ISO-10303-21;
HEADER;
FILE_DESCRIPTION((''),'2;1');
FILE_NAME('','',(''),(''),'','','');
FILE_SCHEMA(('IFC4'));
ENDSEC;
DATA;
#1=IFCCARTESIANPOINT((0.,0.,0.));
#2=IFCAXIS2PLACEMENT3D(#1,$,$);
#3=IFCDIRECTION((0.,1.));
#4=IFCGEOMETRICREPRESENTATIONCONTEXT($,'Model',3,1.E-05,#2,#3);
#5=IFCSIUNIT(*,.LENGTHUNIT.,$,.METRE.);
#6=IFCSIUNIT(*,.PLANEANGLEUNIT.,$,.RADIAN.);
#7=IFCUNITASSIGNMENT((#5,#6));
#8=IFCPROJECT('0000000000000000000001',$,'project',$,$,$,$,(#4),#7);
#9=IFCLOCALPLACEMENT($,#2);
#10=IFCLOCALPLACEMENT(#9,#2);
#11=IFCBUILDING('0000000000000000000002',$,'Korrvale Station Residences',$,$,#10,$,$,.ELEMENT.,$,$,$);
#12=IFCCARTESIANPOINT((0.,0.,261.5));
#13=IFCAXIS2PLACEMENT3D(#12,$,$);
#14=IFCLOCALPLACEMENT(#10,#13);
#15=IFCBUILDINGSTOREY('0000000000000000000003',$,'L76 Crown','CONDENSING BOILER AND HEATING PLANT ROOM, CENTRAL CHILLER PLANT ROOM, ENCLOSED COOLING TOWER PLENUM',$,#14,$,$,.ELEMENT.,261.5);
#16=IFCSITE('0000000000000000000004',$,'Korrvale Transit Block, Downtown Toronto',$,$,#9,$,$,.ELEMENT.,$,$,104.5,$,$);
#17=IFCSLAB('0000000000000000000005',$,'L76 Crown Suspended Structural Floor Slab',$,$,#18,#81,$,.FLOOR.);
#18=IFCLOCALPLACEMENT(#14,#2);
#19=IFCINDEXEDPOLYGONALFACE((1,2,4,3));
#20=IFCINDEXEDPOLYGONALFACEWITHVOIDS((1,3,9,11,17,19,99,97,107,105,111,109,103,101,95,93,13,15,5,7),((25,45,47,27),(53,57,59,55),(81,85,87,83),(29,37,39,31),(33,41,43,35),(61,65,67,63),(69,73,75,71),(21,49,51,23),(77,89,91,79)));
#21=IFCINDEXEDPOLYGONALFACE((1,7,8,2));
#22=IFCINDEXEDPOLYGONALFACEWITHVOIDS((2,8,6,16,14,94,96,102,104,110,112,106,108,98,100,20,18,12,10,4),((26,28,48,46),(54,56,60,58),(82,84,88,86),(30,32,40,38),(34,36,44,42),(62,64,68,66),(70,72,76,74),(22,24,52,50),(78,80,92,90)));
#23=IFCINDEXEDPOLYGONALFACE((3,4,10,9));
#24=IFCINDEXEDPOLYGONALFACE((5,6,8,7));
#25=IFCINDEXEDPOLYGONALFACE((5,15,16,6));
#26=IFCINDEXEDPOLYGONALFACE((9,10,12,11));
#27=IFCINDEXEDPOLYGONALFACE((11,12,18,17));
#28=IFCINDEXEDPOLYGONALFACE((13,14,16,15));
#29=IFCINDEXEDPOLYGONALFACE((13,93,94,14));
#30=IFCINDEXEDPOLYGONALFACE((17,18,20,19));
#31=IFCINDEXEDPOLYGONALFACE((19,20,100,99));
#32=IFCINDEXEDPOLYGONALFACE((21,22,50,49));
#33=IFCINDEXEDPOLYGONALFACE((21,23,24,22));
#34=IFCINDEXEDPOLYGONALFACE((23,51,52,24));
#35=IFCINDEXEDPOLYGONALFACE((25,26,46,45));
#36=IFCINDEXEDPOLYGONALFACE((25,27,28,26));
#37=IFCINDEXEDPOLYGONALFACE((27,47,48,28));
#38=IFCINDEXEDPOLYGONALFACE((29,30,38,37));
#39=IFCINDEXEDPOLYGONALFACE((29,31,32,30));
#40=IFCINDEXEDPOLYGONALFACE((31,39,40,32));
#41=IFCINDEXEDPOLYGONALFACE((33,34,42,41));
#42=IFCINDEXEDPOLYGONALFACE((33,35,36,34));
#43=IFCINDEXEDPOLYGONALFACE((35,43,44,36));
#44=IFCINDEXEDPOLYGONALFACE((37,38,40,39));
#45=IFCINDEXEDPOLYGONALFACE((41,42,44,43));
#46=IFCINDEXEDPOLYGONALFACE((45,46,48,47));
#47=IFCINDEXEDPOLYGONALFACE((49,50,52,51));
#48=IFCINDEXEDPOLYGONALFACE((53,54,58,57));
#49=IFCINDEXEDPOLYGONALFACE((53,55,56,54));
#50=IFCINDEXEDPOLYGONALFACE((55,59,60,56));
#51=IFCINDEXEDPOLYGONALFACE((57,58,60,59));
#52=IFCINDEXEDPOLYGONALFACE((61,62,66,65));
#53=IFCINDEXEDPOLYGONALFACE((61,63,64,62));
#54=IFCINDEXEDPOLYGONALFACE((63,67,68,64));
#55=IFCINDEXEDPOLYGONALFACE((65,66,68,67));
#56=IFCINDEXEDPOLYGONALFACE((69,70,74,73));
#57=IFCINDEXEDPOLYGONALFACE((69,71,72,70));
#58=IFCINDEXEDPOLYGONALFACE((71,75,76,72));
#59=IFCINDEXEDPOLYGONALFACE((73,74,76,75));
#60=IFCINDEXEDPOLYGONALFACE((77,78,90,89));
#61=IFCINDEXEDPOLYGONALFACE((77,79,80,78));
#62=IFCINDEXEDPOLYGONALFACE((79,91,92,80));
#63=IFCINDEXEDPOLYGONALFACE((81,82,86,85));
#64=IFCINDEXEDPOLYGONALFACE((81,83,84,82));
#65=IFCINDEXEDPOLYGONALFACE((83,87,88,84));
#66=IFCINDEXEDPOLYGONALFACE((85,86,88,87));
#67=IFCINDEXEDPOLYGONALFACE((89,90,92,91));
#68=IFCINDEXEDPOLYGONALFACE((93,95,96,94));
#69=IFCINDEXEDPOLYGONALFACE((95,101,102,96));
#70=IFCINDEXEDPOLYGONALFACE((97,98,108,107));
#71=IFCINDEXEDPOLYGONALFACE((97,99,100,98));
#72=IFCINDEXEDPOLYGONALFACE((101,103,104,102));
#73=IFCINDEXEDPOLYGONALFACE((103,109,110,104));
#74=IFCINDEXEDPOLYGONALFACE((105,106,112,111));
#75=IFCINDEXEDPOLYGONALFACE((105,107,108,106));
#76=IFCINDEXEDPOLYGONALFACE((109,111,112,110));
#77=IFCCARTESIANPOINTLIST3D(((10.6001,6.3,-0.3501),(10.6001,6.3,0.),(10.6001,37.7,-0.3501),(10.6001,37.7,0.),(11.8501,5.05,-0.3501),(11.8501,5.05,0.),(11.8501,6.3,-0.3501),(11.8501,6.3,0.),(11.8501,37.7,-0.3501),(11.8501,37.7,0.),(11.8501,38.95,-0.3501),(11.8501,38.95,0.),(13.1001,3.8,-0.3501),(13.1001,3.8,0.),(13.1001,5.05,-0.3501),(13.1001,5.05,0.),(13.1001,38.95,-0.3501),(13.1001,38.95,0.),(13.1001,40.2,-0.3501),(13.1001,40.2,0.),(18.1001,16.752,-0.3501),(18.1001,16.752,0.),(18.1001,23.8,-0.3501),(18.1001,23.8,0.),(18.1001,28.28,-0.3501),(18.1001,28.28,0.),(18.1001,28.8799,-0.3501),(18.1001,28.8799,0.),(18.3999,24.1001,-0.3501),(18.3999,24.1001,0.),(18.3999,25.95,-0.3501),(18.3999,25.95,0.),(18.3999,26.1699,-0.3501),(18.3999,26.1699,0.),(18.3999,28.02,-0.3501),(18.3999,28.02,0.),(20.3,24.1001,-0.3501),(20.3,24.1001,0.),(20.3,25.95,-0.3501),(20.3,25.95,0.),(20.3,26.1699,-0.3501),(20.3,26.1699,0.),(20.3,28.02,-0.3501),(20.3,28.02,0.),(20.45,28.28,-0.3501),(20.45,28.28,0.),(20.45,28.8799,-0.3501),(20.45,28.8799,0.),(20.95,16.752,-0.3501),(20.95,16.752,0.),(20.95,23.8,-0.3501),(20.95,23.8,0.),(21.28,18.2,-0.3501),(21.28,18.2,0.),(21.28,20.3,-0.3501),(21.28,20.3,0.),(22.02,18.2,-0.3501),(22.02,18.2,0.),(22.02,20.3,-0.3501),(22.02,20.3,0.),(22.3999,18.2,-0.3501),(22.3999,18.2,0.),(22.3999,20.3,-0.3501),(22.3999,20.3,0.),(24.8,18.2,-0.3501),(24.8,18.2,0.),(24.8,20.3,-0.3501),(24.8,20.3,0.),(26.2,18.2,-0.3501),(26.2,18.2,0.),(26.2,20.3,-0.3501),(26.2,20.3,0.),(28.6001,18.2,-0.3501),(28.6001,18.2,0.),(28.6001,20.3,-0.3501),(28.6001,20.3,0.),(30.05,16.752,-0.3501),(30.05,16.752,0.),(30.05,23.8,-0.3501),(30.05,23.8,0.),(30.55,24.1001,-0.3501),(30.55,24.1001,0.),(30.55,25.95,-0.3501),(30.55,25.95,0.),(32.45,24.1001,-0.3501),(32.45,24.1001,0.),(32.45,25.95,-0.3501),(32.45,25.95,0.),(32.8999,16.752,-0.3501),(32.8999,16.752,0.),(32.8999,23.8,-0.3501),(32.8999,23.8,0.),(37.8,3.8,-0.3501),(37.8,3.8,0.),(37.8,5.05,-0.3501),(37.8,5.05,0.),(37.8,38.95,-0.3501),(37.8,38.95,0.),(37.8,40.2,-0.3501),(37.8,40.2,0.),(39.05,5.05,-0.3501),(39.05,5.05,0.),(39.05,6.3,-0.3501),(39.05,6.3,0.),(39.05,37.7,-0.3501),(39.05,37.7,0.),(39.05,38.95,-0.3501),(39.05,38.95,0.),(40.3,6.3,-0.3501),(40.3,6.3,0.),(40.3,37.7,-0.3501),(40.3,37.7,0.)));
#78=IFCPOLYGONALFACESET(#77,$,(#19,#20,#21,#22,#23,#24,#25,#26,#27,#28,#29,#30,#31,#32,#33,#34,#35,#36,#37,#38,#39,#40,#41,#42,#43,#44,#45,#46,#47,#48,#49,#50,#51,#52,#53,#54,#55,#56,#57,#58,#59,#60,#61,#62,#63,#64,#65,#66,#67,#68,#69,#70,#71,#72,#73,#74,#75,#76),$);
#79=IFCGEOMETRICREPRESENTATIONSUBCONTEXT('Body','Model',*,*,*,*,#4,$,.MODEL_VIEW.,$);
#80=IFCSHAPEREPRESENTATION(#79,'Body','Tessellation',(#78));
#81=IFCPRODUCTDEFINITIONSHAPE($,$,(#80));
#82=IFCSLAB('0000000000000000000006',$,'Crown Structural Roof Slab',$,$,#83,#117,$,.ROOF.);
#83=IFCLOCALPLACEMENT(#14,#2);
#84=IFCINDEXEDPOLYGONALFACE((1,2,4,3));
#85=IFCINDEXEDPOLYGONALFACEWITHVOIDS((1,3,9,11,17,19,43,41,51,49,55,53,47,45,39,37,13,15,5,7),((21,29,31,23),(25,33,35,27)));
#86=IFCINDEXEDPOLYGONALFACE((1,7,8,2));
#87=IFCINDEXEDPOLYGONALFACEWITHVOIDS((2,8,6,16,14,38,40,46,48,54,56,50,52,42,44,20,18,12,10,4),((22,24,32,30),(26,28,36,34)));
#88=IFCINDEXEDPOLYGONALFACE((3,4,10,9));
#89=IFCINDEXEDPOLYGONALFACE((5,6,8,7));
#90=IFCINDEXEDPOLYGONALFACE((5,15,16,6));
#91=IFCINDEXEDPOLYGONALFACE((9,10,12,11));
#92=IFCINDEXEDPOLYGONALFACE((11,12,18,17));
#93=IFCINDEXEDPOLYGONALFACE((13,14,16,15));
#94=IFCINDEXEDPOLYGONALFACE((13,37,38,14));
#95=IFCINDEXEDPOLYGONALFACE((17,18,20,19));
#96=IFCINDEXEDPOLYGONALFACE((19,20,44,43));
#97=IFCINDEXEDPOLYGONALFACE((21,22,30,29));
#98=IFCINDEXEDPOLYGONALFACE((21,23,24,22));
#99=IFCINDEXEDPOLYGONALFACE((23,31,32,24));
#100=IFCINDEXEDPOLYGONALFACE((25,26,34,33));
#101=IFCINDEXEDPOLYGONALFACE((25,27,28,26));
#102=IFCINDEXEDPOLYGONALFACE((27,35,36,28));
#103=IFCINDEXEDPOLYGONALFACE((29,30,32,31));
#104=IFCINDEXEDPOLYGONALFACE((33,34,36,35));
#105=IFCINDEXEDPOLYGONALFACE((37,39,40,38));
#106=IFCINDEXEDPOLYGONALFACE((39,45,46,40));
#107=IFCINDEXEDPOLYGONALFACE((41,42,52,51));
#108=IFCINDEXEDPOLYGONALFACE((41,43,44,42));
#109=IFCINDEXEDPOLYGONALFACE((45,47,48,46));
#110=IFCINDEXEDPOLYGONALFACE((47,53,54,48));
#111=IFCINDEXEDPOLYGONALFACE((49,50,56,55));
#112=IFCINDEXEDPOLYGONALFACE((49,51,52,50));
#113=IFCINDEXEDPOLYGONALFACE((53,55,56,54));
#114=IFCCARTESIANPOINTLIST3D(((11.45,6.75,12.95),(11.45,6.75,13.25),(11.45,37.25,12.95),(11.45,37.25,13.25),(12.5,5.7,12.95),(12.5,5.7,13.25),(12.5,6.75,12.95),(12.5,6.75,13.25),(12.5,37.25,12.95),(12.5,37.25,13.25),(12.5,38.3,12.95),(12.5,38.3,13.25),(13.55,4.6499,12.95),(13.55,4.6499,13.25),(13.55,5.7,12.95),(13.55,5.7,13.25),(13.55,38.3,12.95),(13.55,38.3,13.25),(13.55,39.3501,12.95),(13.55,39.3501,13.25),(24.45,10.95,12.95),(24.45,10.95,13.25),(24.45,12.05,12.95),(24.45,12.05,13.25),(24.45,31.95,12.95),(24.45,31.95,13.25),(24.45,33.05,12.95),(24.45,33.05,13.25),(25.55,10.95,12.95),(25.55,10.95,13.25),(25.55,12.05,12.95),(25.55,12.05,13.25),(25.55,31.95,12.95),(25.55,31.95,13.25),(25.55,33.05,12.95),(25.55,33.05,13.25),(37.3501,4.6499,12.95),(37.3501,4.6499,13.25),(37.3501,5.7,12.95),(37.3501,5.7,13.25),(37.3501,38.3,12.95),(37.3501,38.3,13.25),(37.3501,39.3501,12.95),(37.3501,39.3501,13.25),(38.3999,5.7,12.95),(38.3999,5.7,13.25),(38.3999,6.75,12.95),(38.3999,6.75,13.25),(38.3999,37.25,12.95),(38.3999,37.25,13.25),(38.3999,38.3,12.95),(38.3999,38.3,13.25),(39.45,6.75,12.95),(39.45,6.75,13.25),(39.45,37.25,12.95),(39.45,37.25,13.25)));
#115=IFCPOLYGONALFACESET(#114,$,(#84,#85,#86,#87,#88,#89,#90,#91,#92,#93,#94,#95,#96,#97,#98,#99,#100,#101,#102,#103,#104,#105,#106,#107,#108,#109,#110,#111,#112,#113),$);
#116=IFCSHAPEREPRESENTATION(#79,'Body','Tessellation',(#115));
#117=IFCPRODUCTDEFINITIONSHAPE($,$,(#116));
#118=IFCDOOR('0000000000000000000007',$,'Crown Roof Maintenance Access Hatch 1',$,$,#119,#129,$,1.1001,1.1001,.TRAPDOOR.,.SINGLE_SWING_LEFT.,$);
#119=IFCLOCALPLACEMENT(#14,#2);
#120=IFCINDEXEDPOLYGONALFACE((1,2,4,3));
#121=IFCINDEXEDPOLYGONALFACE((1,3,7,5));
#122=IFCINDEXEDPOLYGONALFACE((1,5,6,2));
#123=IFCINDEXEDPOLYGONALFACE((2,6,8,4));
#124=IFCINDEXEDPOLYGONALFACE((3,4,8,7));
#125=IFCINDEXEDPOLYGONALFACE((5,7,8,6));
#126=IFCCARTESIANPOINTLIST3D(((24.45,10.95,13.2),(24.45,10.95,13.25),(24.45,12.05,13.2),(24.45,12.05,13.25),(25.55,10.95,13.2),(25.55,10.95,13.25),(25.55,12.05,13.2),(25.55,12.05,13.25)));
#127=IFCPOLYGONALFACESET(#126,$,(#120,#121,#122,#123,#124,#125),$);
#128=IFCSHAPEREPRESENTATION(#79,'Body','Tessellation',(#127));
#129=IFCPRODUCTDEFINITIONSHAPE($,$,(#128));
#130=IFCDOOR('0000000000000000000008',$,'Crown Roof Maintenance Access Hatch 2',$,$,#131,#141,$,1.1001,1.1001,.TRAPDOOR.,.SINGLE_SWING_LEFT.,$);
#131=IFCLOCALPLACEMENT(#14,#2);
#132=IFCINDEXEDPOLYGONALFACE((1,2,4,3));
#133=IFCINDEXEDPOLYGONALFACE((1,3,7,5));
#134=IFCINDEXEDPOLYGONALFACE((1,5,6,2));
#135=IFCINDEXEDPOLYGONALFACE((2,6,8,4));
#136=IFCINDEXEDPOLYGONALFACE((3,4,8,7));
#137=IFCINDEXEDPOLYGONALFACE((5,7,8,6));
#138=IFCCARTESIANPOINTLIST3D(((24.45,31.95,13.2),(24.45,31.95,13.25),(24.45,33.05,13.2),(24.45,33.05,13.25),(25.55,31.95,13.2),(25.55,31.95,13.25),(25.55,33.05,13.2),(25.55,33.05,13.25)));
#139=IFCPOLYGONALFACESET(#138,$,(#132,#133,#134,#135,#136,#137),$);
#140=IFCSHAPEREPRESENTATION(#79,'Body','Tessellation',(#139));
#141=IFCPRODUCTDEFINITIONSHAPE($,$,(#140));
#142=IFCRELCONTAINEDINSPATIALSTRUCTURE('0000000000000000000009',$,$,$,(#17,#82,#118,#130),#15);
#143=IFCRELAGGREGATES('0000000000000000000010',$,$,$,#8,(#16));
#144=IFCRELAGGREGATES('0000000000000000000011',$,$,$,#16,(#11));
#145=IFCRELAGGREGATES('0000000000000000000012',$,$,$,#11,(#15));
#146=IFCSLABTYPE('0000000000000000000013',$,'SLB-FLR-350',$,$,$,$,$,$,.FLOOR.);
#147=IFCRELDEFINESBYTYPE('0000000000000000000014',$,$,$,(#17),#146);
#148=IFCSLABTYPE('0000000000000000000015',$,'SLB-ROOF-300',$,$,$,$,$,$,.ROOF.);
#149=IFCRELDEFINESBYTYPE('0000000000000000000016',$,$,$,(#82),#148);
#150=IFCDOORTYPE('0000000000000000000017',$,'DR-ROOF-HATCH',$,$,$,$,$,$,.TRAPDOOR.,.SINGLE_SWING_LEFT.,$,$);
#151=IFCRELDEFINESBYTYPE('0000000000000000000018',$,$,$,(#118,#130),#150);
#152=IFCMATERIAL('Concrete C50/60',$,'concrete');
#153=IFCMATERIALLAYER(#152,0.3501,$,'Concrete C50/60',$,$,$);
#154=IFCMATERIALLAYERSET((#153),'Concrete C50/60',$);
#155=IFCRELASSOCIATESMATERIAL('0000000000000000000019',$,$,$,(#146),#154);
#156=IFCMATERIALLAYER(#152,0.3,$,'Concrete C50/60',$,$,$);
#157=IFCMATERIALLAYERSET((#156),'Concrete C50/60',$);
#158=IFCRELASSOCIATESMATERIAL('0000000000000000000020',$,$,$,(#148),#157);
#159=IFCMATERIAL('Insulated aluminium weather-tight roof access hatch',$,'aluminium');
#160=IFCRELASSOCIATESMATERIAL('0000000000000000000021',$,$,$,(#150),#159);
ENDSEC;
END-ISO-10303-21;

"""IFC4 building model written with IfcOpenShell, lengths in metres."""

from ifc_helpers import new_model, si_unit, direction, frame, origin, origin_2d, place, context, subcontext, project, spatial, polyline, rectangle, outline, extrude, material, layer, layer_set, type_object, element, fill, save


model = new_model("IFC4")

# Units and contexts
model_context = context("Model", 3, precision=1e-05, world=origin(), true_north=direction((0.0, 1.0)))
body_context = subcontext(model_context, "Body", "Model", "MODEL_VIEW")
ifc_project = project(units=[si_unit("LENGTHUNIT", "METRE"), si_unit("PLANEANGLEUNIT", "RADIAN")], contexts=[model_context])

# Site, building, storey
site_placement = place(None, origin())
site = spatial("IfcSite", under=ifc_project, at=site_placement, Name="Korrvale Transit Block, Downtown Toronto", CompositionType="ELEMENT", RefElevation=104.5)
building_placement = place(site_placement, origin())
building = spatial("IfcBuilding", under=site, at=building_placement, Name="Korrvale Station Residences", CompositionType="ELEMENT")
storey_placement = place(building_placement, frame((0.0, 0.0, 261.5)))
storey = spatial("IfcBuildingStorey", under=building, at=storey_placement, Name="L76 Crown", Description="CONDENSING BOILER AND HEATING PLANT ROOM, CENTRAL CHILLER PLANT ROOM, ENCLOSED COOLING TOWER PLENUM", CompositionType="ELEMENT", Elevation=261.5)

# Slab
ifc_material_1 = material(Name="Concrete C50/60", Category="concrete")
ifc_layer_1 = layer(ifc_material_1, 0.3501, Name="Concrete C50/60")
ifc_layer_set_1 = layer_set([ifc_layer_1], Name="Concrete C50/60")
slab_type_1 = type_object("IfcSlabType", Name="SLB-FLR-350", PredefinedType="FLOOR", material=ifc_layer_set_1)
slab_1_placement = place(storey_placement, frame((0.0, 0.0, -0.3501)))
element("IfcSlab", 1, at=slab_1_placement, inside=storey, type_object=slab_type_1, Name="L76 Crown Suspended Structural Floor Slab", PredefinedType="FLOOR", context=body_context, shape_type="SweptSolid", body=[
    extrude(outline(polyline([(13.1001, 3.8), (37.8, 3.8), (37.8, 5.05), (39.05, 5.05), (39.05, 6.3), (40.3, 6.3), (40.3, 37.7), (39.05, 37.7), (39.05, 38.95), (37.8, 38.95), (37.8, 40.2), (13.1001, 40.2), (13.1001, 38.95), (11.8501, 38.95), (11.8501, 37.7), (10.6001, 37.7), (10.6001, 6.3), (11.8501, 6.3), (11.8501, 5.05), (13.1001, 5.05), (13.1001, 3.8)]), holes=[polyline([(20.95, 16.752), (20.95, 23.8), (18.1001, 23.8), (18.1001, 16.752), (20.95, 16.752)]), polyline([(32.8999, 16.752), (32.8999, 23.8), (30.05, 23.8), (30.05, 16.752), (32.8999, 16.752)]), polyline([(18.3999, 24.1001), (20.3, 24.1001), (20.3, 25.95), (18.3999, 25.95), (18.3999, 24.1001)]), polyline([(18.3999, 26.1699), (20.3, 26.1699), (20.3, 28.02), (18.3999, 28.02), (18.3999, 26.1699)]), polyline([(30.55, 24.1001), (32.45, 24.1001), (32.45, 25.95), (30.55, 25.95), (30.55, 24.1001)]), polyline([(22.3999, 18.2), (24.8, 18.2), (24.8, 20.3), (22.3999, 20.3), (22.3999, 18.2)]), polyline([(26.2, 18.2), (28.6001, 18.2), (28.6001, 20.3), (26.2, 20.3), (26.2, 18.2)]), polyline([(18.1001, 28.28), (20.45, 28.28), (20.45, 28.8799), (18.1001, 28.8799), (18.1001, 28.28)]), polyline([(21.28, 18.2), (22.02, 18.2), (22.02, 20.3), (21.28, 20.3), (21.28, 18.2)])]), origin(), (0.0, 0.0, 1.0), 0.3501),
])

# Slab, openings, doors
ifc_layer_2 = layer(ifc_material_1, 0.3, Name="Concrete C50/60")
ifc_layer_set_2 = layer_set([ifc_layer_2], Name="Concrete C50/60")
slab_type_2 = type_object("IfcSlabType", Name="SLB-ROOF-300", PredefinedType="ROOF", material=ifc_layer_set_2)
slab_2_placement = place(storey_placement, frame((0.0, 0.0, 12.95)))
slab_2 = element("IfcSlab", 2, at=slab_2_placement, inside=storey, type_object=slab_type_2, Name="Crown Structural Roof Slab", PredefinedType="ROOF", context=body_context, shape_type="SweptSolid", body=[
    extrude(outline(polyline([(13.55, 4.6499), (37.3501, 4.6499), (37.3501, 5.7), (38.3999, 5.7), (38.3999, 6.75), (39.45, 6.75), (39.45, 37.25), (38.3999, 37.25), (38.3999, 38.3), (37.3501, 38.3), (37.3501, 39.3501), (13.55, 39.3501), (13.55, 38.3), (12.5, 38.3), (12.5, 37.25), (11.45, 37.25), (11.45, 6.75), (12.5, 6.75), (12.5, 5.7), (13.55, 5.7), (13.55, 4.6499)])), origin(), (0.0, 0.0, 1.0), 0.3),
])
opening_1_placement = place(slab_2_placement, frame((25.0, 11.5, -0.01)))
opening_1 = element("IfcOpeningElement", 3, at=opening_1_placement, cuts=slab_2, PredefinedType="OPENING", context=body_context, shape_type="SweptSolid", body=[
    extrude(rectangle(XDim=1.1001, YDim=1.1001, at=origin_2d()), origin(), (0.0, 0.0, 1.0), 0.3201),
])
opening_2_placement = place(slab_2_placement, frame((25.0, 32.5, -0.01)))
opening_2 = element("IfcOpeningElement", 4, at=opening_2_placement, cuts=slab_2, PredefinedType="OPENING", context=body_context, shape_type="SweptSolid", body=[
    extrude(rectangle(XDim=1.1001, YDim=1.1001, at=origin_2d()), origin(), (0.0, 0.0, 1.0), 0.3201),
])
ifc_material_2 = material(Name="Insulated aluminium weather-tight roof access hatch", Category="aluminium")
door_type = type_object("IfcDoorType", Name="DR-ROOF-HATCH", OperationType="SINGLE_SWING_LEFT", PredefinedType="TRAPDOOR", material=ifc_material_2)
door_1_placement = place(slab_2_placement, frame((25.0, 11.5, 0.25)))
door_1 = element("IfcDoor", 5, at=door_1_placement, inside=storey, type_object=door_type, Name="Crown Roof Maintenance Access Hatch 1", OperationType="SINGLE_SWING_LEFT", OverallHeight=1.1001, OverallWidth=1.1001, PredefinedType="TRAPDOOR", context=body_context, shape_type="SweptSolid", body=[
    extrude(rectangle(XDim=1.1001, YDim=1.1001, at=origin_2d()), origin(), (0.0, 0.0, 1.0), 0.05),
])
fill(opening_1, door_1)
door_2_placement = place(slab_2_placement, frame((25.0, 32.5, 0.25)))
door_2 = element("IfcDoor", 6, at=door_2_placement, inside=storey, type_object=door_type, Name="Crown Roof Maintenance Access Hatch 2", OperationType="SINGLE_SWING_LEFT", OverallHeight=1.1001, OverallWidth=1.1001, PredefinedType="TRAPDOOR", context=body_context, shape_type="SweptSolid", body=[
    extrude(rectangle(XDim=1.1001, YDim=1.1001, at=origin_2d()), origin(), (0.0, 0.0, 1.0), 0.05),
])
fill(opening_2, door_2)

save(model, "model.ifc")
